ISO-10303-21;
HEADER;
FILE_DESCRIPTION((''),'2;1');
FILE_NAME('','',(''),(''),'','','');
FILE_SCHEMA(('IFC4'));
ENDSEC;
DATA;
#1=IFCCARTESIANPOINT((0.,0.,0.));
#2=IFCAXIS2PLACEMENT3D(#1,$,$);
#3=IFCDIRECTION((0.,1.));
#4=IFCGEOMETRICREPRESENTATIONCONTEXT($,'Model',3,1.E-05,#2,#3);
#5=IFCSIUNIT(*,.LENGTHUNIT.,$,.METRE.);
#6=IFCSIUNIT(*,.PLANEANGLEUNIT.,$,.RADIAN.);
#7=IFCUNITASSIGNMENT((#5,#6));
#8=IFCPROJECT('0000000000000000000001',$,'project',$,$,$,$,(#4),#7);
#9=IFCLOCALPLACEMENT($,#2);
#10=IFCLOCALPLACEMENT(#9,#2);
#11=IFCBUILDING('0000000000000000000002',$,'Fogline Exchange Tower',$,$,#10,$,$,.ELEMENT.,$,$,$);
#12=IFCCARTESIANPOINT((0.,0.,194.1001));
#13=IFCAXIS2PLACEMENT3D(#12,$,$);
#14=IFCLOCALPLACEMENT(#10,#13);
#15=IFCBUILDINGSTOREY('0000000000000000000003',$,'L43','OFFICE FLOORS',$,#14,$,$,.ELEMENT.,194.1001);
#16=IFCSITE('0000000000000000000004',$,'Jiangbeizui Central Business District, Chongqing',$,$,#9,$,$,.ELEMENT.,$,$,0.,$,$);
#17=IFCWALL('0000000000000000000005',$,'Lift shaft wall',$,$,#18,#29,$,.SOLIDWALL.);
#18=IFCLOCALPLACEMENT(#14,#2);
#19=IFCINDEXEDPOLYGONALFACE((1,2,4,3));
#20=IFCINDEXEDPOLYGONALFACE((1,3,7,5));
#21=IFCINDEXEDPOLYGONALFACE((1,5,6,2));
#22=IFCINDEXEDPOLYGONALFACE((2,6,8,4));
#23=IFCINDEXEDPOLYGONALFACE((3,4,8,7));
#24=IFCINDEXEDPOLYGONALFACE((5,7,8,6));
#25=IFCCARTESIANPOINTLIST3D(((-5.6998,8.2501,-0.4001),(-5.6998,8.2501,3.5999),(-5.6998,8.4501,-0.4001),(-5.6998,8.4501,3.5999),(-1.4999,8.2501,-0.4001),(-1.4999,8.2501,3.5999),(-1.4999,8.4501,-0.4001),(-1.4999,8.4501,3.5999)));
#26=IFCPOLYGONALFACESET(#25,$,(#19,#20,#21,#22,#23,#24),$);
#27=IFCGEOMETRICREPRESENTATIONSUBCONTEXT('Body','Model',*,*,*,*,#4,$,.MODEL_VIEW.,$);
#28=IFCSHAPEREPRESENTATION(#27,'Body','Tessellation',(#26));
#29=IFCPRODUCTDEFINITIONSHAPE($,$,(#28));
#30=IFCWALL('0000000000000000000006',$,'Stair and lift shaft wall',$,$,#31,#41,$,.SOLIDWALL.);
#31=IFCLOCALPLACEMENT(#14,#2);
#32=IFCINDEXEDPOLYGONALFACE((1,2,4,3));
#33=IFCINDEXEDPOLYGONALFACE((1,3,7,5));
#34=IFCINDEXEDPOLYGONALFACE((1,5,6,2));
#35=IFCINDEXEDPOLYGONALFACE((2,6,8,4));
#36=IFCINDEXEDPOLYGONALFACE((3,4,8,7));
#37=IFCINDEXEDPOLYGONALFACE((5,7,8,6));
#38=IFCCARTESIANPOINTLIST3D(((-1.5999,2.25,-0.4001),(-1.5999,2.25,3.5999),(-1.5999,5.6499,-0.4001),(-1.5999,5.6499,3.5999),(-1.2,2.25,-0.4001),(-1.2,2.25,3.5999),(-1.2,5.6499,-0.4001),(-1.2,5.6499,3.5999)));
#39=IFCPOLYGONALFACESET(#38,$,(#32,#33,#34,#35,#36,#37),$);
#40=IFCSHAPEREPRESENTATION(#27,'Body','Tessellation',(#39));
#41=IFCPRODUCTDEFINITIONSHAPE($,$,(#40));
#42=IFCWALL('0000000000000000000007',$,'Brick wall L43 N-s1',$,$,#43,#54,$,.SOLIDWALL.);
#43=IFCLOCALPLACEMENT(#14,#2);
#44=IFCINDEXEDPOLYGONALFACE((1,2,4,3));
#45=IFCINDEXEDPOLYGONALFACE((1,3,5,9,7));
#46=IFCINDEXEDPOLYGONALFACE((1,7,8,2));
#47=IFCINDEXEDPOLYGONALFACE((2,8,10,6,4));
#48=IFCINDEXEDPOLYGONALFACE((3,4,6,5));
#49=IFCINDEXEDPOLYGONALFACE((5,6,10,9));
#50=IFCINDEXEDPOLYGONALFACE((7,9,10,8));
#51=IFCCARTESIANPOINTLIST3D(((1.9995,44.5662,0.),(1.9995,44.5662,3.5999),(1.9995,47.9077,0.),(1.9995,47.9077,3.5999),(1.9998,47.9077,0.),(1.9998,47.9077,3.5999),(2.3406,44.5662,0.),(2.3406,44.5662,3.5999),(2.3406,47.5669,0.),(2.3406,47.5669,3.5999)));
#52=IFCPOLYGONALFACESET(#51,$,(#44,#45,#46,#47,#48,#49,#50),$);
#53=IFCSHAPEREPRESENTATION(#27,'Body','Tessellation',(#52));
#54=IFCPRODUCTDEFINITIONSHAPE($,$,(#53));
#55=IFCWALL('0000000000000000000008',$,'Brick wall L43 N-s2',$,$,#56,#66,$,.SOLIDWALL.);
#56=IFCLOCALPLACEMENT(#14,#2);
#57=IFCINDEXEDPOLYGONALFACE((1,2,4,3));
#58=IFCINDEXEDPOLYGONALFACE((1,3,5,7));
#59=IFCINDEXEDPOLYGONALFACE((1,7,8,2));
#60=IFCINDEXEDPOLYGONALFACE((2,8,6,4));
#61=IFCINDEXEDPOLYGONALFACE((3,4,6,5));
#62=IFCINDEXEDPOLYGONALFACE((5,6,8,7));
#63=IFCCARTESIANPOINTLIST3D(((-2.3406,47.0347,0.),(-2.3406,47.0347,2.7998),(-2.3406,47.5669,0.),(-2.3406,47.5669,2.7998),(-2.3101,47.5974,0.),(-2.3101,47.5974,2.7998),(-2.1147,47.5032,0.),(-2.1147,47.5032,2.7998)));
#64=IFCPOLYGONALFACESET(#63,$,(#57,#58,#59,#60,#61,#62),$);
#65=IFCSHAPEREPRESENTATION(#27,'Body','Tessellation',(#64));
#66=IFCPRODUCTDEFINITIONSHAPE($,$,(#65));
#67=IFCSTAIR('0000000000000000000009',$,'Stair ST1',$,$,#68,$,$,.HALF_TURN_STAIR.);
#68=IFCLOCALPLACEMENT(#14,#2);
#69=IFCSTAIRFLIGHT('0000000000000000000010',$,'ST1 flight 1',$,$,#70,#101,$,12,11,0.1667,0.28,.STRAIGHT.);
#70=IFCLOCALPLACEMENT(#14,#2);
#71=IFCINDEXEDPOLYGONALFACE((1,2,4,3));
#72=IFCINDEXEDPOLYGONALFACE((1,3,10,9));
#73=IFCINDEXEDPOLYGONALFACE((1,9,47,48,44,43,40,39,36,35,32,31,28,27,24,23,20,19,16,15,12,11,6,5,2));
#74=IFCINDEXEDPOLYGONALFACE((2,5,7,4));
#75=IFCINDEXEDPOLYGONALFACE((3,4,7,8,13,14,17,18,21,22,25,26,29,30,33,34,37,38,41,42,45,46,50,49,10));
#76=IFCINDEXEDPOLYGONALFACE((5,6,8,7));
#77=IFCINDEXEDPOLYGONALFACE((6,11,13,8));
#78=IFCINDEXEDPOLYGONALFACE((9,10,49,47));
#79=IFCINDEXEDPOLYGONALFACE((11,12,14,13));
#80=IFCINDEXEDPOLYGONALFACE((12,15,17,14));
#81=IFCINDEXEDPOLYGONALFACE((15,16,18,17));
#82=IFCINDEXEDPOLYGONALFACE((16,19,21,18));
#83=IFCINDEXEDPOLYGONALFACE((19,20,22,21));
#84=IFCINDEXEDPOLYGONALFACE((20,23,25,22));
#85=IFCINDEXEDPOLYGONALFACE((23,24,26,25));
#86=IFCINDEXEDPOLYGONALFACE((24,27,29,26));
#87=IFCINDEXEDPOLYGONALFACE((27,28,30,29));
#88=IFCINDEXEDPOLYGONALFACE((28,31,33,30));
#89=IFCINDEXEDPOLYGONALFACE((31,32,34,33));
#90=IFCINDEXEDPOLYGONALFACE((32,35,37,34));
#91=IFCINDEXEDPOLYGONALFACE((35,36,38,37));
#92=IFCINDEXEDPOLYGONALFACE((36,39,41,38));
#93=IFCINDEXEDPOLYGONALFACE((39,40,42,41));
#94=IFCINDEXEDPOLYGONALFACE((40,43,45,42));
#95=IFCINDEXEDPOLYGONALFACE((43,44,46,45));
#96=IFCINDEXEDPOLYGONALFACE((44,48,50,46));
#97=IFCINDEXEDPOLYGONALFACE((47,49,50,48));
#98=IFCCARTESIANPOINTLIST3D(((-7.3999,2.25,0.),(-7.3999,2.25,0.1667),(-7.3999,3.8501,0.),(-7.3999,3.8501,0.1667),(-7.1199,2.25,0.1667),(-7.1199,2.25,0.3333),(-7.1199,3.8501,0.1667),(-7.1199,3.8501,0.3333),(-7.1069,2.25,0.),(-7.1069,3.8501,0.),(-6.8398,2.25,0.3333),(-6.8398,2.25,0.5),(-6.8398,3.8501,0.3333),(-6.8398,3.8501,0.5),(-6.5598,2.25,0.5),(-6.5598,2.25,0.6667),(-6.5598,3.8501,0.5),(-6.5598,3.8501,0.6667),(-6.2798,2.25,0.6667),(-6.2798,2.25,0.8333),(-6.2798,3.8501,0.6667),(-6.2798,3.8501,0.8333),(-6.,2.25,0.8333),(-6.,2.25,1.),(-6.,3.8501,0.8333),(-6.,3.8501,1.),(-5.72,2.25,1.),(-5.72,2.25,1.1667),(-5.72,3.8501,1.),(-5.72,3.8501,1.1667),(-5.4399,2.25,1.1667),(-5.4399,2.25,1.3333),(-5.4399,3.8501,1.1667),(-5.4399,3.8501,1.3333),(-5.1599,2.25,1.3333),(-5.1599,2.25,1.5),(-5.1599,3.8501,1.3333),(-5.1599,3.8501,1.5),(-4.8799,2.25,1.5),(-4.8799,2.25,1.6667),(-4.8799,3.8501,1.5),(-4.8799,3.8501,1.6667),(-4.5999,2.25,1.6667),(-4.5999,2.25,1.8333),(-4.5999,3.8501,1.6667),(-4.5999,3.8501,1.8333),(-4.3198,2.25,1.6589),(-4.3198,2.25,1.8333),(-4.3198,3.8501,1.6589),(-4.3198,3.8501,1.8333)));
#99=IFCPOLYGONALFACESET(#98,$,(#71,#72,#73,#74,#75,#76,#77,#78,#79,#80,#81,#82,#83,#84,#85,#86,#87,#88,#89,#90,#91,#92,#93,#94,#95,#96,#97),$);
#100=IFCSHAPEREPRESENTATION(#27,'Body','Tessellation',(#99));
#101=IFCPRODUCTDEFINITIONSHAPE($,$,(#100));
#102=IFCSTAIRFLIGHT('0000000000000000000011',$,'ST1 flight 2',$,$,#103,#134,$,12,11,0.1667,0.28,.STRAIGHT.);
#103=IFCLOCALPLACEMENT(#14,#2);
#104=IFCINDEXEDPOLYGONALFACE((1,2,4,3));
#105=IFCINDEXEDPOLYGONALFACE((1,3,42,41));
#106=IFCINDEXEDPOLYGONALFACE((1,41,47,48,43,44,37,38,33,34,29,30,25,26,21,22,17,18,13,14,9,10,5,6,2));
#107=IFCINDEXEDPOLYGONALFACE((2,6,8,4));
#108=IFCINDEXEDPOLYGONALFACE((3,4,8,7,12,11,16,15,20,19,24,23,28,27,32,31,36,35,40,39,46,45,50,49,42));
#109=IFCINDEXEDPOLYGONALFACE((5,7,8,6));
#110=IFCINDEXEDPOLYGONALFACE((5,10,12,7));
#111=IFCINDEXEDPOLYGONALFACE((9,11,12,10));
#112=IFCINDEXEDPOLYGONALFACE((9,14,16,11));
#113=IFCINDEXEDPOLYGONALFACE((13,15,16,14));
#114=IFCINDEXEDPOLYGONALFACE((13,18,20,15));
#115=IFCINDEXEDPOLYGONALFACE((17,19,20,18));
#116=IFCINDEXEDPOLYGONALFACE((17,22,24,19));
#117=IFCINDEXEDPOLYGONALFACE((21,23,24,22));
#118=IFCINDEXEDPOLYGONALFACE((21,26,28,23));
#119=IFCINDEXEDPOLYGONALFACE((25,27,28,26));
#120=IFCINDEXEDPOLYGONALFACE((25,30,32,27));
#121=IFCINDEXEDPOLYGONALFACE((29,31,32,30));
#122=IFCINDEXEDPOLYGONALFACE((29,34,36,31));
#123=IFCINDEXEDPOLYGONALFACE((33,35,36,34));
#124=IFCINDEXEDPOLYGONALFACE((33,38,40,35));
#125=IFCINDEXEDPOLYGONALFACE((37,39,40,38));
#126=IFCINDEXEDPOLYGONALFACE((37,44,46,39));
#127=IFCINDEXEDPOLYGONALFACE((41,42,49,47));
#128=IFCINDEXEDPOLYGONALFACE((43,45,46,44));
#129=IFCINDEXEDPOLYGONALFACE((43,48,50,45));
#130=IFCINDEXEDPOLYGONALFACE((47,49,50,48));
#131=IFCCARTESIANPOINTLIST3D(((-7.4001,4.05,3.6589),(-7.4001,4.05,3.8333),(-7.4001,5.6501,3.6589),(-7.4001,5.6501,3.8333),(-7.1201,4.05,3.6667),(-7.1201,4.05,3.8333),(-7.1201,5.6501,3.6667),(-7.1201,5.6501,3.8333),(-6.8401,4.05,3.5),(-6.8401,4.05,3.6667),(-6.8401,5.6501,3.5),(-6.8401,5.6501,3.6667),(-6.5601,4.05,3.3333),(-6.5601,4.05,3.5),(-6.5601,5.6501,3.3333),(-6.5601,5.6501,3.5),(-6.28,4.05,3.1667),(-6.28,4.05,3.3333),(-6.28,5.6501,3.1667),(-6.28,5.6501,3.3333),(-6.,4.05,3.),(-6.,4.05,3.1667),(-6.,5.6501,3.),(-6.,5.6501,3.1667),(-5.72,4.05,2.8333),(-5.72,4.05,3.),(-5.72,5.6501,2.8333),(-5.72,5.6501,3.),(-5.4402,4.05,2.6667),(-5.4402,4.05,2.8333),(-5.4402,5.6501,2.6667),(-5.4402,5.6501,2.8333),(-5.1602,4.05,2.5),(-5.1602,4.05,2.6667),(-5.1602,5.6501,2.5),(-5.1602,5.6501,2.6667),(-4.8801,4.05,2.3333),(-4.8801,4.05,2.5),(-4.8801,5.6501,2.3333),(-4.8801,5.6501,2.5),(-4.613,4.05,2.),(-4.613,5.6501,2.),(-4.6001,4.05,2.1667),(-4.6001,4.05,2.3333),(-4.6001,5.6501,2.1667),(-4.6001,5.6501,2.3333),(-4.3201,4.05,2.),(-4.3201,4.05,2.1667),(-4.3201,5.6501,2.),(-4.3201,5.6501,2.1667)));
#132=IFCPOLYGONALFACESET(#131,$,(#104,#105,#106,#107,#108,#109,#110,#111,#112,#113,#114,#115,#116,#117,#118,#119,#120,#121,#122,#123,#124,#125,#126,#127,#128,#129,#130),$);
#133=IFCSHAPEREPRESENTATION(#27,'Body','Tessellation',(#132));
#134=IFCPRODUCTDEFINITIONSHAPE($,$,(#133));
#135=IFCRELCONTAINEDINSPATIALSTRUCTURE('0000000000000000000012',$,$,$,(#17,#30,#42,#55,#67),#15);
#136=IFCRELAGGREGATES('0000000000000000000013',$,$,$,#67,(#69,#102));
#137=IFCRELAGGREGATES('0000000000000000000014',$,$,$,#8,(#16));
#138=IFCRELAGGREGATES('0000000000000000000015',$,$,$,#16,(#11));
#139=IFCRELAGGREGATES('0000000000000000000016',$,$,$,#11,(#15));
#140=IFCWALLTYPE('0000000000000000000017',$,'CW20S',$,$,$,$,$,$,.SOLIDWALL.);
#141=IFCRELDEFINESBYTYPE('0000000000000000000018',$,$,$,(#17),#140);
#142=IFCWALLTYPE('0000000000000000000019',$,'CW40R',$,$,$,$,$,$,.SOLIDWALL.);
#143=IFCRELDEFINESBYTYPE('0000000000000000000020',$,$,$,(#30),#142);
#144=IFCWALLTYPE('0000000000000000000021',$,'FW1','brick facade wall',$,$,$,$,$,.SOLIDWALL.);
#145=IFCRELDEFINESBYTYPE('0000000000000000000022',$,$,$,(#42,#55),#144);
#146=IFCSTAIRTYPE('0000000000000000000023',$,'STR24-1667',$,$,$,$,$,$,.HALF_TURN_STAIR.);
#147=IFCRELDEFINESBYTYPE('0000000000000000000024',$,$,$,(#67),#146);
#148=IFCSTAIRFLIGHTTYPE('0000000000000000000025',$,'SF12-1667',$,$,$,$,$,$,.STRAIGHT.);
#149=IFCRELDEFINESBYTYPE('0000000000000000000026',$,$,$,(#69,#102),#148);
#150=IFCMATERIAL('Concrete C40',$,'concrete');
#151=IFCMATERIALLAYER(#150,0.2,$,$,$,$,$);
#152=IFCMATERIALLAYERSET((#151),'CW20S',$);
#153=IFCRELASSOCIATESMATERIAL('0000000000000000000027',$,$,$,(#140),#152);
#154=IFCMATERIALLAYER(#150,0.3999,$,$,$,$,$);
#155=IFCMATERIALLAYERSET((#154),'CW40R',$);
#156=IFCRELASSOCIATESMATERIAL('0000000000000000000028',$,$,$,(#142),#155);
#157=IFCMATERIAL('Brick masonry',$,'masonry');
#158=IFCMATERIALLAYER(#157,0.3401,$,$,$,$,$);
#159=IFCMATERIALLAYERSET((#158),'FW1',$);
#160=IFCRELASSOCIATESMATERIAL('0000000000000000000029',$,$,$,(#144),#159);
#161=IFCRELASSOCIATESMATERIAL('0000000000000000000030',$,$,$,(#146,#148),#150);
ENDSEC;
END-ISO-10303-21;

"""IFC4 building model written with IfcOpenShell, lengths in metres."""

from ifc_helpers import new_model, si_unit, direction, frame, frame_2d, origin, place, context, subcontext, project, spatial, polyline, rectangle, outline, extrude, material, layer, layer_set, type_object, element, aggregate, save


model = new_model("IFC4")

# Units and contexts
model_context = context("Model", 3, precision=1e-05, world=origin(), true_north=direction((0.0, 1.0)))
body_context = subcontext(model_context, "Body", "Model", "MODEL_VIEW")
ifc_project = project(units=[si_unit("LENGTHUNIT", "METRE"), si_unit("PLANEANGLEUNIT", "RADIAN")], contexts=[model_context])

# Site, building, storey
site_placement = place(None, origin())
site = spatial("IfcSite", under=ifc_project, at=site_placement, Name="Jiangbeizui Central Business District, Chongqing", CompositionType="ELEMENT", RefElevation=0.0)
building_placement = place(site_placement, origin())
building = spatial("IfcBuilding", under=site, at=building_placement, Name="Fogline Exchange Tower", CompositionType="ELEMENT")
storey_placement = place(building_placement, frame((0.0, 0.0, 194.1001)))
storey = spatial("IfcBuildingStorey", under=building, at=storey_placement, Name="L43", Description="OFFICE FLOORS", CompositionType="ELEMENT", Elevation=194.1001)

# Shared definitions
ifc_material_1 = material(Name="Concrete C40", Category="concrete")

# Shared definitions
ifc_layer_1 = layer(ifc_material_1, 0.2)
ifc_layer_set_1 = layer_set([ifc_layer_1], Name="CW20S")
wall_type_1 = type_object("IfcWallType", Name="CW20S", PredefinedType="SOLIDWALL", material=ifc_layer_set_1)

# Walls
wall_1_placement = place(storey_placement, frame((-5.7, 8.3501, -0.4001), z_axis=(0.0, 0.0, 1.0), x_axis=(1.0, 0.0, 0.0)))
element("IfcWall", 1, at=wall_1_placement, inside=storey, type_object=wall_type_1, Name="Lift shaft wall", PredefinedType="SOLIDWALL", context=body_context, shape_type="SweptSolid", body=[
    extrude(rectangle(XDim=4.2, YDim=0.2, at=frame_2d((2.1001, 0.0))), origin(), (0.0, 0.0, 1.0), 4.0),
])
ifc_layer_2 = layer(ifc_material_1, 0.3999)
ifc_layer_set_2 = layer_set([ifc_layer_2], Name="CW40R")
wall_type_2 = type_object("IfcWallType", Name="CW40R", PredefinedType="SOLIDWALL", material=ifc_layer_set_2)
wall_2_placement = place(storey_placement, frame((-1.3999, 2.25, -0.4001), z_axis=(0.0, 0.0, 1.0), x_axis=(0.0, 1.0, 0.0)))
element("IfcWall", 2, at=wall_2_placement, inside=storey, type_object=wall_type_2, Name="Stair and lift shaft wall", PredefinedType="SOLIDWALL", context=body_context, shape_type="SweptSolid", body=[
    extrude(rectangle(XDim=3.3999, YDim=0.3999, at=frame_2d((1.7, 0.0))), origin(), (0.0, 0.0, 1.0), 4.0),
])
ifc_material_2 = material(Name="Brick masonry", Category="masonry")
ifc_layer_3 = layer(ifc_material_2, 0.3401)
ifc_layer_set_3 = layer_set([ifc_layer_3], Name="FW1")
wall_type_3 = type_object("IfcWallType", Name="FW1", Description="brick facade wall", PredefinedType="SOLIDWALL", material=ifc_layer_set_3)
wall_3_placement = place(storey_placement, origin())
element("IfcWall", 3, at=wall_3_placement, inside=storey, type_object=wall_type_3, Name="Brick wall L43 N-s1", PredefinedType="SOLIDWALL", context=body_context, shape_type="SweptSolid", body=[
    extrude(outline(polyline([(2.3406, 44.5662), (1.9995, 44.5662), (1.9995, 47.9077), (1.9998, 47.9077), (2.3406, 47.5669), (2.3406, 44.5662)])), origin(), (0.0, 0.0, 1.0), 3.5999),
])
wall_4_placement = place(storey_placement, origin())
element("IfcWall", 4, at=wall_4_placement, inside=storey, type_object=wall_type_3, Name="Brick wall L43 N-s2", PredefinedType="SOLIDWALL", context=body_context, shape_type="SweptSolid", body=[
    extrude(outline(polyline([(-2.3406, 47.5669), (-2.3101, 47.5974), (-2.1147, 47.5032), (-2.3406, 47.0347), (-2.3406, 47.5669)])), origin(), (0.0, 0.0, 1.0), 2.7998),
])

# Stair, stair flights
stair_type = type_object("IfcStairType", Name="STR24-1667", PredefinedType="HALF_TURN_STAIR", material=ifc_material_1)
stair_placement = place(storey_placement, origin())
stair = element("IfcStair", 5, at=stair_placement, inside=storey, type_object=stair_type, Name="Stair ST1", PredefinedType="HALF_TURN_STAIR")
stair_flight_type = type_object("IfcStairFlightType", Name="SF12-1667", PredefinedType="STRAIGHT", material=ifc_material_1)
stair_flight_1_placement = place(storey_placement, frame((-7.3999, 3.05, 0.0), z_axis=(0.0, 0.0, 1.0), x_axis=(1.0, 0.0, 0.0)))
stair_flight_1 = element("IfcStairFlight", 6, at=stair_flight_1_placement, type_object=stair_flight_type, Name="ST1 flight 1", NumberOfRisers=12, NumberOfTreads=11, PredefinedType="STRAIGHT", RiserHeight=0.1667, TreadLength=0.28, context=body_context, shape_type="SweptSolid", body=[
    extrude(outline(polyline([(0.0, 0.0), (0.0, 0.1667), (0.28, 0.1667), (0.28, 0.3333), (0.5601, 0.3333), (0.5601, 0.5), (0.8401, 0.5), (0.8401, 0.6667), (1.1201, 0.6667), (1.1201, 0.8333), (1.3999, 0.8333), (1.3999, 1.0), (1.6799, 1.0), (1.6799, 1.1667), (1.96, 1.1667), (1.96, 1.3333), (2.24, 1.3333), (2.24, 1.5), (2.52, 1.5), (2.52, 1.6667), (2.8, 1.6667), (2.8, 1.8333), (3.0801, 1.8333), (3.0801, 2.0), (3.0801, 1.6589), (0.293, 0.0), (0.0, 0.0)])), frame((0.0, 0.8, 0.0), z_axis=(0.0, -1.0, 0.0), x_axis=(1.0, 0.0, 0.0)), (0.0, 0.0, 1.0), 1.6001),
])
stair_flight_2_placement = place(storey_placement, frame((-4.3201, 4.8501, 2.0), z_axis=(0.0, 0.0, 1.0), x_axis=(-1.0, 0.0, 0.0)))
stair_flight_2 = element("IfcStairFlight", 7, at=stair_flight_2_placement, type_object=stair_flight_type, Name="ST1 flight 2", NumberOfRisers=12, NumberOfTreads=11, PredefinedType="STRAIGHT", RiserHeight=0.1667, TreadLength=0.28, context=body_context, shape_type="SweptSolid", body=[
    extrude(outline(polyline([(0.0, 0.0), (0.0, 0.1667), (0.28, 0.1667), (0.28, 0.3333), (0.5601, 0.3333), (0.5601, 0.5), (0.8401, 0.5), (0.8401, 0.6667), (1.1201, 0.6667), (1.1201, 0.8333), (1.3999, 0.8333), (1.3999, 1.0), (1.6799, 1.0), (1.6799, 1.1667), (1.96, 1.1667), (1.96, 1.3333), (2.24, 1.3333), (2.24, 1.5), (2.52, 1.5), (2.52, 1.6667), (2.8, 1.6667), (2.8, 1.8333), (3.0801, 1.8333), (3.0801, 2.0), (3.0801, 1.6589), (0.293, 0.0), (0.0, 0.0)])), frame((0.0, 0.8, 0.0), z_axis=(0.0, -1.0, 0.0), x_axis=(1.0, 0.0, 0.0)), (0.0, 0.0, 1.0), 1.6001),
])
aggregate(stair, [stair_flight_1, stair_flight_2])

save(model, "model.ifc")
